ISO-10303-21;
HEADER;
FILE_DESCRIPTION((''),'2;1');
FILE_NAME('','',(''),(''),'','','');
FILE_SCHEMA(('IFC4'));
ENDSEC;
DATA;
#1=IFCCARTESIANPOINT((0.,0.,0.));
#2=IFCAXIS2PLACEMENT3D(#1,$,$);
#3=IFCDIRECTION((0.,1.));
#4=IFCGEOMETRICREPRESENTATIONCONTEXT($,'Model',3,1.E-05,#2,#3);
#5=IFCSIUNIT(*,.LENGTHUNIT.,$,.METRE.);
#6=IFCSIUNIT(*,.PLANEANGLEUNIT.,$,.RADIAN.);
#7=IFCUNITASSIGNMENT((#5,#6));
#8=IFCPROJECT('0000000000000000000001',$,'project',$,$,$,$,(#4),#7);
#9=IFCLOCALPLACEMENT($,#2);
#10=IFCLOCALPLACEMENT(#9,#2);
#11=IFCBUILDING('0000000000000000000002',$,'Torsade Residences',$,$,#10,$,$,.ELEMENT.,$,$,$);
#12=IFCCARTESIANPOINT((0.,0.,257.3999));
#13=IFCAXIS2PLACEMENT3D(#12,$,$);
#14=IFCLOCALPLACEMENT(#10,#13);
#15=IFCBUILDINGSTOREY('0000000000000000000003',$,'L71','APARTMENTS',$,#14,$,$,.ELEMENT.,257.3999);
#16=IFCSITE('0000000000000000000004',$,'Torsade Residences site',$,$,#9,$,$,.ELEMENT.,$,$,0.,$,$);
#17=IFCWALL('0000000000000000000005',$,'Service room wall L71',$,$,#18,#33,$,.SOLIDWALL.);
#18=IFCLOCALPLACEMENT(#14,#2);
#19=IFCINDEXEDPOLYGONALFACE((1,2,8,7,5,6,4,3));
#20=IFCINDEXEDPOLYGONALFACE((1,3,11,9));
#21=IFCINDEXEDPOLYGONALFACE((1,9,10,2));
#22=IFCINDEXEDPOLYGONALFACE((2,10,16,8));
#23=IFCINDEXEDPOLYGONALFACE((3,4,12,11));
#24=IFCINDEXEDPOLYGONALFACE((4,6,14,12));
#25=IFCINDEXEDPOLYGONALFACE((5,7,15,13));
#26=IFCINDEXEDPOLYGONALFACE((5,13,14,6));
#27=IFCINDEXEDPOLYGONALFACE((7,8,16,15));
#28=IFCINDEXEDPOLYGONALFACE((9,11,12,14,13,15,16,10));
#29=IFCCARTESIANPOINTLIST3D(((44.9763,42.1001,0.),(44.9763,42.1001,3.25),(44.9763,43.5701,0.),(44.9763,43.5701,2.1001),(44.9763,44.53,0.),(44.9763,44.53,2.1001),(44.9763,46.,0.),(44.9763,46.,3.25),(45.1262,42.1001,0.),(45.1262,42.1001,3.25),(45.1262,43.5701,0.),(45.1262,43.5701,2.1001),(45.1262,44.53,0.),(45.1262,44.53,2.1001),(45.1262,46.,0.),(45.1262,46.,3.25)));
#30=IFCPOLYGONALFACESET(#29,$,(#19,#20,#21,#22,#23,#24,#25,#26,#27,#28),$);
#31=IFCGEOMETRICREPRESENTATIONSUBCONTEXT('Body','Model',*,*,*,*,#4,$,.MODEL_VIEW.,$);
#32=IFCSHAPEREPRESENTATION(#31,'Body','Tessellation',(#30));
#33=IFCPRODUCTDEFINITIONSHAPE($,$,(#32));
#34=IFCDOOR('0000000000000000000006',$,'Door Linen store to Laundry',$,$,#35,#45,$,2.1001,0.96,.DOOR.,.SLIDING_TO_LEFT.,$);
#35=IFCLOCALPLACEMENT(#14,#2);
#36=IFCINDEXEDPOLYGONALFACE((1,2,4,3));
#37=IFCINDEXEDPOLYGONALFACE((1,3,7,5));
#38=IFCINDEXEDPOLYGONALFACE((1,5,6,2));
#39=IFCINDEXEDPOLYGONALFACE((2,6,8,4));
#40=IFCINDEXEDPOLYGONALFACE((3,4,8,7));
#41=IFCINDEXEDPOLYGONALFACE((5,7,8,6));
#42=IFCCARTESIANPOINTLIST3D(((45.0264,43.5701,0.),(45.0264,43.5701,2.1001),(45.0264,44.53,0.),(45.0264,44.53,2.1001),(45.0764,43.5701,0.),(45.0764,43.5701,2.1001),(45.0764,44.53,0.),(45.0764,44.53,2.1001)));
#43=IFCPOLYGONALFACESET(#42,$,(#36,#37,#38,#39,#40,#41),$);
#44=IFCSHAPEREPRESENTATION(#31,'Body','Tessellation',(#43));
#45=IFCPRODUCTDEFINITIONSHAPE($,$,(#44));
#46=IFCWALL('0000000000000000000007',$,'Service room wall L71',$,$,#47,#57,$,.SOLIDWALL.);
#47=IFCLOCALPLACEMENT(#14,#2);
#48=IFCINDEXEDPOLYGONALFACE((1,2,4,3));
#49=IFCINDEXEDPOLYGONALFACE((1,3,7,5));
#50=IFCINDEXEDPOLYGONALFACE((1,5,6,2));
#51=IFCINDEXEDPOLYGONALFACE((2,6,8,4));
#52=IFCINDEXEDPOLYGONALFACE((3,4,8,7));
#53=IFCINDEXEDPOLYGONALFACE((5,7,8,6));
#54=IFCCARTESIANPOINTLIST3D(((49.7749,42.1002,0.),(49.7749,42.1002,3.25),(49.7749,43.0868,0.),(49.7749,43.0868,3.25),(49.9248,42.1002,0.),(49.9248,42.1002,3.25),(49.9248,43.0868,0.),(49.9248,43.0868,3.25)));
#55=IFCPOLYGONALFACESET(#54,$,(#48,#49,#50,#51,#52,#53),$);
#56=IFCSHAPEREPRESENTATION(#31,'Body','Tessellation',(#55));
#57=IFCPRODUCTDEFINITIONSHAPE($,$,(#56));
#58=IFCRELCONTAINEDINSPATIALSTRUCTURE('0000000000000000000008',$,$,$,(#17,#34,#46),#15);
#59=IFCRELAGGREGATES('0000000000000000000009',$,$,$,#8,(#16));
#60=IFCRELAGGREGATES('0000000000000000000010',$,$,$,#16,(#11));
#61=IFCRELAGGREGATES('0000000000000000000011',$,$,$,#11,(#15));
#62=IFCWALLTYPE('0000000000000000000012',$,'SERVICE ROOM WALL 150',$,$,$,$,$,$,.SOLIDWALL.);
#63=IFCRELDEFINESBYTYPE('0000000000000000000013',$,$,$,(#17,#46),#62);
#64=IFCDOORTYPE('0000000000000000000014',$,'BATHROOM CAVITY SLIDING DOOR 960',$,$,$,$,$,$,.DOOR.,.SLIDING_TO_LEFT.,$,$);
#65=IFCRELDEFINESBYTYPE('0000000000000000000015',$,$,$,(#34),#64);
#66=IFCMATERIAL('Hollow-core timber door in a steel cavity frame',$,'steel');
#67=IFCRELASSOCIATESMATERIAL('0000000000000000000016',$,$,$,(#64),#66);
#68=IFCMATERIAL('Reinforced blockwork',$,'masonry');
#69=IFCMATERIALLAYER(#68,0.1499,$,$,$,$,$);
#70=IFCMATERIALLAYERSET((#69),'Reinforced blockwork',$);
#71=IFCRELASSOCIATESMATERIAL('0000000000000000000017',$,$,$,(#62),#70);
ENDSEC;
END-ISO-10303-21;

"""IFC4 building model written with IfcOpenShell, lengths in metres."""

from ifc_helpers import new_model, si_unit, direction, frame, frame_2d, origin, place, context, subcontext, project, spatial, rectangle, extrude, material, layer, layer_set, type_object, element, fill, save


model = new_model("IFC4")

# Units and contexts
model_context = context("Model", 3, precision=1e-05, world=origin(), true_north=direction((0.0, 1.0)))
body_context = subcontext(model_context, "Body", "Model", "MODEL_VIEW")
ifc_project = project(units=[si_unit("LENGTHUNIT", "METRE"), si_unit("PLANEANGLEUNIT", "RADIAN")], contexts=[model_context])

# Site, building, storey
site_placement = place(None, origin())
site = spatial("IfcSite", under=ifc_project, at=site_placement, Name="Torsade Residences site", CompositionType="ELEMENT", RefElevation=0.0)
building_placement = place(site_placement, origin())
building = spatial("IfcBuilding", under=site, at=building_placement, Name="Torsade Residences", CompositionType="ELEMENT")
storey_placement = place(building_placement, frame((0.0, 0.0, 257.3999)))
storey = spatial("IfcBuildingStorey", under=building, at=storey_placement, Name="L71", Description="APARTMENTS", CompositionType="ELEMENT", Elevation=257.3999)

# Shared definitions
ifc_material_1 = material(Name="Hollow-core timber door in a steel cavity frame", Category="steel")
door_type_1 = type_object("IfcDoorType", Name="BATHROOM CAVITY SLIDING DOOR 960", OperationType="SLIDING_TO_LEFT", PredefinedType="DOOR", material=ifc_material_1)

# Shared definitions
ifc_material_2 = material(Name="Reinforced blockwork", Category="masonry")
ifc_layer_1 = layer(ifc_material_2, 0.1499)
ifc_layer_set_1 = layer_set([ifc_layer_1], Name="Reinforced blockwork")
wall_type_1 = type_object("IfcWallType", Name="SERVICE ROOM WALL 150", PredefinedType="SOLIDWALL", material=ifc_layer_set_1)

# Wall, opening, door
wall_1_placement = place(storey_placement, frame((45.0513, 42.1001, 0.0), z_axis=(0.0, 0.0, 1.0), x_axis=(0.0, 1.0, 0.0)))
wall_1 = element("IfcWall", 1, at=wall_1_placement, inside=storey, type_object=wall_type_1, Name="Service room wall L71", PredefinedType="SOLIDWALL", context=body_context, shape_type="SweptSolid", body=[
    extrude(rectangle(XDim=3.8999, YDim=0.1499, at=frame_2d((1.95, 0.0))), origin(), (0.0, 0.0, 1.0), 3.25),
])
opening_1_placement = place(wall_1_placement, frame((1.47, 0.0, 0.0)))
opening_1 = element("IfcOpeningElement", 2, at=opening_1_placement, cuts=wall_1, PredefinedType="OPENING", context=body_context, shape_type="SweptSolid", body=[
    extrude(rectangle(XDim=0.96, YDim=2.1001, at=frame_2d((0.48, 1.05))), frame((0.0, 0.085, 0.0), z_axis=(0.0, -1.0, 0.0), x_axis=(1.0, 0.0, 0.0)), (0.0, 0.0, 1.0), 0.1699),
])
door_1_placement = place(opening_1_placement, origin())
door_1 = element("IfcDoor", 3, at=door_1_placement, inside=storey, type_object=door_type_1, Name="Door Linen store to Laundry", OperationType="SLIDING_TO_LEFT", OverallHeight=2.1001, OverallWidth=0.96, PredefinedType="DOOR", context=body_context, shape_type="SweptSolid", body=[
    extrude(rectangle(XDim=0.96, YDim=2.1001, at=frame_2d((0.48, 1.05))), frame((0.0, 0.0249, 0.0), z_axis=(0.0, -1.0, 0.0), x_axis=(1.0, 0.0, 0.0)), (0.0, 0.0, 1.0), 0.05),
])
fill(opening_1, door_1)

# Wall
wall_2_placement = place(storey_placement, frame((49.8499, 43.0867, 0.0), z_axis=(0.0, 0.0, 1.0), x_axis=(0.0, -1.0, 0.0)))
element("IfcWall", 4, at=wall_2_placement, inside=storey, type_object=wall_type_1, Name="Service room wall L71", PredefinedType="SOLIDWALL", context=body_context, shape_type="SweptSolid", body=[
    extrude(rectangle(XDim=0.9866, YDim=0.1499, at=frame_2d((0.4932, 0.0))), origin(), (0.0, 0.0, 1.0), 3.25),
])

save(model, "model.ifc")
